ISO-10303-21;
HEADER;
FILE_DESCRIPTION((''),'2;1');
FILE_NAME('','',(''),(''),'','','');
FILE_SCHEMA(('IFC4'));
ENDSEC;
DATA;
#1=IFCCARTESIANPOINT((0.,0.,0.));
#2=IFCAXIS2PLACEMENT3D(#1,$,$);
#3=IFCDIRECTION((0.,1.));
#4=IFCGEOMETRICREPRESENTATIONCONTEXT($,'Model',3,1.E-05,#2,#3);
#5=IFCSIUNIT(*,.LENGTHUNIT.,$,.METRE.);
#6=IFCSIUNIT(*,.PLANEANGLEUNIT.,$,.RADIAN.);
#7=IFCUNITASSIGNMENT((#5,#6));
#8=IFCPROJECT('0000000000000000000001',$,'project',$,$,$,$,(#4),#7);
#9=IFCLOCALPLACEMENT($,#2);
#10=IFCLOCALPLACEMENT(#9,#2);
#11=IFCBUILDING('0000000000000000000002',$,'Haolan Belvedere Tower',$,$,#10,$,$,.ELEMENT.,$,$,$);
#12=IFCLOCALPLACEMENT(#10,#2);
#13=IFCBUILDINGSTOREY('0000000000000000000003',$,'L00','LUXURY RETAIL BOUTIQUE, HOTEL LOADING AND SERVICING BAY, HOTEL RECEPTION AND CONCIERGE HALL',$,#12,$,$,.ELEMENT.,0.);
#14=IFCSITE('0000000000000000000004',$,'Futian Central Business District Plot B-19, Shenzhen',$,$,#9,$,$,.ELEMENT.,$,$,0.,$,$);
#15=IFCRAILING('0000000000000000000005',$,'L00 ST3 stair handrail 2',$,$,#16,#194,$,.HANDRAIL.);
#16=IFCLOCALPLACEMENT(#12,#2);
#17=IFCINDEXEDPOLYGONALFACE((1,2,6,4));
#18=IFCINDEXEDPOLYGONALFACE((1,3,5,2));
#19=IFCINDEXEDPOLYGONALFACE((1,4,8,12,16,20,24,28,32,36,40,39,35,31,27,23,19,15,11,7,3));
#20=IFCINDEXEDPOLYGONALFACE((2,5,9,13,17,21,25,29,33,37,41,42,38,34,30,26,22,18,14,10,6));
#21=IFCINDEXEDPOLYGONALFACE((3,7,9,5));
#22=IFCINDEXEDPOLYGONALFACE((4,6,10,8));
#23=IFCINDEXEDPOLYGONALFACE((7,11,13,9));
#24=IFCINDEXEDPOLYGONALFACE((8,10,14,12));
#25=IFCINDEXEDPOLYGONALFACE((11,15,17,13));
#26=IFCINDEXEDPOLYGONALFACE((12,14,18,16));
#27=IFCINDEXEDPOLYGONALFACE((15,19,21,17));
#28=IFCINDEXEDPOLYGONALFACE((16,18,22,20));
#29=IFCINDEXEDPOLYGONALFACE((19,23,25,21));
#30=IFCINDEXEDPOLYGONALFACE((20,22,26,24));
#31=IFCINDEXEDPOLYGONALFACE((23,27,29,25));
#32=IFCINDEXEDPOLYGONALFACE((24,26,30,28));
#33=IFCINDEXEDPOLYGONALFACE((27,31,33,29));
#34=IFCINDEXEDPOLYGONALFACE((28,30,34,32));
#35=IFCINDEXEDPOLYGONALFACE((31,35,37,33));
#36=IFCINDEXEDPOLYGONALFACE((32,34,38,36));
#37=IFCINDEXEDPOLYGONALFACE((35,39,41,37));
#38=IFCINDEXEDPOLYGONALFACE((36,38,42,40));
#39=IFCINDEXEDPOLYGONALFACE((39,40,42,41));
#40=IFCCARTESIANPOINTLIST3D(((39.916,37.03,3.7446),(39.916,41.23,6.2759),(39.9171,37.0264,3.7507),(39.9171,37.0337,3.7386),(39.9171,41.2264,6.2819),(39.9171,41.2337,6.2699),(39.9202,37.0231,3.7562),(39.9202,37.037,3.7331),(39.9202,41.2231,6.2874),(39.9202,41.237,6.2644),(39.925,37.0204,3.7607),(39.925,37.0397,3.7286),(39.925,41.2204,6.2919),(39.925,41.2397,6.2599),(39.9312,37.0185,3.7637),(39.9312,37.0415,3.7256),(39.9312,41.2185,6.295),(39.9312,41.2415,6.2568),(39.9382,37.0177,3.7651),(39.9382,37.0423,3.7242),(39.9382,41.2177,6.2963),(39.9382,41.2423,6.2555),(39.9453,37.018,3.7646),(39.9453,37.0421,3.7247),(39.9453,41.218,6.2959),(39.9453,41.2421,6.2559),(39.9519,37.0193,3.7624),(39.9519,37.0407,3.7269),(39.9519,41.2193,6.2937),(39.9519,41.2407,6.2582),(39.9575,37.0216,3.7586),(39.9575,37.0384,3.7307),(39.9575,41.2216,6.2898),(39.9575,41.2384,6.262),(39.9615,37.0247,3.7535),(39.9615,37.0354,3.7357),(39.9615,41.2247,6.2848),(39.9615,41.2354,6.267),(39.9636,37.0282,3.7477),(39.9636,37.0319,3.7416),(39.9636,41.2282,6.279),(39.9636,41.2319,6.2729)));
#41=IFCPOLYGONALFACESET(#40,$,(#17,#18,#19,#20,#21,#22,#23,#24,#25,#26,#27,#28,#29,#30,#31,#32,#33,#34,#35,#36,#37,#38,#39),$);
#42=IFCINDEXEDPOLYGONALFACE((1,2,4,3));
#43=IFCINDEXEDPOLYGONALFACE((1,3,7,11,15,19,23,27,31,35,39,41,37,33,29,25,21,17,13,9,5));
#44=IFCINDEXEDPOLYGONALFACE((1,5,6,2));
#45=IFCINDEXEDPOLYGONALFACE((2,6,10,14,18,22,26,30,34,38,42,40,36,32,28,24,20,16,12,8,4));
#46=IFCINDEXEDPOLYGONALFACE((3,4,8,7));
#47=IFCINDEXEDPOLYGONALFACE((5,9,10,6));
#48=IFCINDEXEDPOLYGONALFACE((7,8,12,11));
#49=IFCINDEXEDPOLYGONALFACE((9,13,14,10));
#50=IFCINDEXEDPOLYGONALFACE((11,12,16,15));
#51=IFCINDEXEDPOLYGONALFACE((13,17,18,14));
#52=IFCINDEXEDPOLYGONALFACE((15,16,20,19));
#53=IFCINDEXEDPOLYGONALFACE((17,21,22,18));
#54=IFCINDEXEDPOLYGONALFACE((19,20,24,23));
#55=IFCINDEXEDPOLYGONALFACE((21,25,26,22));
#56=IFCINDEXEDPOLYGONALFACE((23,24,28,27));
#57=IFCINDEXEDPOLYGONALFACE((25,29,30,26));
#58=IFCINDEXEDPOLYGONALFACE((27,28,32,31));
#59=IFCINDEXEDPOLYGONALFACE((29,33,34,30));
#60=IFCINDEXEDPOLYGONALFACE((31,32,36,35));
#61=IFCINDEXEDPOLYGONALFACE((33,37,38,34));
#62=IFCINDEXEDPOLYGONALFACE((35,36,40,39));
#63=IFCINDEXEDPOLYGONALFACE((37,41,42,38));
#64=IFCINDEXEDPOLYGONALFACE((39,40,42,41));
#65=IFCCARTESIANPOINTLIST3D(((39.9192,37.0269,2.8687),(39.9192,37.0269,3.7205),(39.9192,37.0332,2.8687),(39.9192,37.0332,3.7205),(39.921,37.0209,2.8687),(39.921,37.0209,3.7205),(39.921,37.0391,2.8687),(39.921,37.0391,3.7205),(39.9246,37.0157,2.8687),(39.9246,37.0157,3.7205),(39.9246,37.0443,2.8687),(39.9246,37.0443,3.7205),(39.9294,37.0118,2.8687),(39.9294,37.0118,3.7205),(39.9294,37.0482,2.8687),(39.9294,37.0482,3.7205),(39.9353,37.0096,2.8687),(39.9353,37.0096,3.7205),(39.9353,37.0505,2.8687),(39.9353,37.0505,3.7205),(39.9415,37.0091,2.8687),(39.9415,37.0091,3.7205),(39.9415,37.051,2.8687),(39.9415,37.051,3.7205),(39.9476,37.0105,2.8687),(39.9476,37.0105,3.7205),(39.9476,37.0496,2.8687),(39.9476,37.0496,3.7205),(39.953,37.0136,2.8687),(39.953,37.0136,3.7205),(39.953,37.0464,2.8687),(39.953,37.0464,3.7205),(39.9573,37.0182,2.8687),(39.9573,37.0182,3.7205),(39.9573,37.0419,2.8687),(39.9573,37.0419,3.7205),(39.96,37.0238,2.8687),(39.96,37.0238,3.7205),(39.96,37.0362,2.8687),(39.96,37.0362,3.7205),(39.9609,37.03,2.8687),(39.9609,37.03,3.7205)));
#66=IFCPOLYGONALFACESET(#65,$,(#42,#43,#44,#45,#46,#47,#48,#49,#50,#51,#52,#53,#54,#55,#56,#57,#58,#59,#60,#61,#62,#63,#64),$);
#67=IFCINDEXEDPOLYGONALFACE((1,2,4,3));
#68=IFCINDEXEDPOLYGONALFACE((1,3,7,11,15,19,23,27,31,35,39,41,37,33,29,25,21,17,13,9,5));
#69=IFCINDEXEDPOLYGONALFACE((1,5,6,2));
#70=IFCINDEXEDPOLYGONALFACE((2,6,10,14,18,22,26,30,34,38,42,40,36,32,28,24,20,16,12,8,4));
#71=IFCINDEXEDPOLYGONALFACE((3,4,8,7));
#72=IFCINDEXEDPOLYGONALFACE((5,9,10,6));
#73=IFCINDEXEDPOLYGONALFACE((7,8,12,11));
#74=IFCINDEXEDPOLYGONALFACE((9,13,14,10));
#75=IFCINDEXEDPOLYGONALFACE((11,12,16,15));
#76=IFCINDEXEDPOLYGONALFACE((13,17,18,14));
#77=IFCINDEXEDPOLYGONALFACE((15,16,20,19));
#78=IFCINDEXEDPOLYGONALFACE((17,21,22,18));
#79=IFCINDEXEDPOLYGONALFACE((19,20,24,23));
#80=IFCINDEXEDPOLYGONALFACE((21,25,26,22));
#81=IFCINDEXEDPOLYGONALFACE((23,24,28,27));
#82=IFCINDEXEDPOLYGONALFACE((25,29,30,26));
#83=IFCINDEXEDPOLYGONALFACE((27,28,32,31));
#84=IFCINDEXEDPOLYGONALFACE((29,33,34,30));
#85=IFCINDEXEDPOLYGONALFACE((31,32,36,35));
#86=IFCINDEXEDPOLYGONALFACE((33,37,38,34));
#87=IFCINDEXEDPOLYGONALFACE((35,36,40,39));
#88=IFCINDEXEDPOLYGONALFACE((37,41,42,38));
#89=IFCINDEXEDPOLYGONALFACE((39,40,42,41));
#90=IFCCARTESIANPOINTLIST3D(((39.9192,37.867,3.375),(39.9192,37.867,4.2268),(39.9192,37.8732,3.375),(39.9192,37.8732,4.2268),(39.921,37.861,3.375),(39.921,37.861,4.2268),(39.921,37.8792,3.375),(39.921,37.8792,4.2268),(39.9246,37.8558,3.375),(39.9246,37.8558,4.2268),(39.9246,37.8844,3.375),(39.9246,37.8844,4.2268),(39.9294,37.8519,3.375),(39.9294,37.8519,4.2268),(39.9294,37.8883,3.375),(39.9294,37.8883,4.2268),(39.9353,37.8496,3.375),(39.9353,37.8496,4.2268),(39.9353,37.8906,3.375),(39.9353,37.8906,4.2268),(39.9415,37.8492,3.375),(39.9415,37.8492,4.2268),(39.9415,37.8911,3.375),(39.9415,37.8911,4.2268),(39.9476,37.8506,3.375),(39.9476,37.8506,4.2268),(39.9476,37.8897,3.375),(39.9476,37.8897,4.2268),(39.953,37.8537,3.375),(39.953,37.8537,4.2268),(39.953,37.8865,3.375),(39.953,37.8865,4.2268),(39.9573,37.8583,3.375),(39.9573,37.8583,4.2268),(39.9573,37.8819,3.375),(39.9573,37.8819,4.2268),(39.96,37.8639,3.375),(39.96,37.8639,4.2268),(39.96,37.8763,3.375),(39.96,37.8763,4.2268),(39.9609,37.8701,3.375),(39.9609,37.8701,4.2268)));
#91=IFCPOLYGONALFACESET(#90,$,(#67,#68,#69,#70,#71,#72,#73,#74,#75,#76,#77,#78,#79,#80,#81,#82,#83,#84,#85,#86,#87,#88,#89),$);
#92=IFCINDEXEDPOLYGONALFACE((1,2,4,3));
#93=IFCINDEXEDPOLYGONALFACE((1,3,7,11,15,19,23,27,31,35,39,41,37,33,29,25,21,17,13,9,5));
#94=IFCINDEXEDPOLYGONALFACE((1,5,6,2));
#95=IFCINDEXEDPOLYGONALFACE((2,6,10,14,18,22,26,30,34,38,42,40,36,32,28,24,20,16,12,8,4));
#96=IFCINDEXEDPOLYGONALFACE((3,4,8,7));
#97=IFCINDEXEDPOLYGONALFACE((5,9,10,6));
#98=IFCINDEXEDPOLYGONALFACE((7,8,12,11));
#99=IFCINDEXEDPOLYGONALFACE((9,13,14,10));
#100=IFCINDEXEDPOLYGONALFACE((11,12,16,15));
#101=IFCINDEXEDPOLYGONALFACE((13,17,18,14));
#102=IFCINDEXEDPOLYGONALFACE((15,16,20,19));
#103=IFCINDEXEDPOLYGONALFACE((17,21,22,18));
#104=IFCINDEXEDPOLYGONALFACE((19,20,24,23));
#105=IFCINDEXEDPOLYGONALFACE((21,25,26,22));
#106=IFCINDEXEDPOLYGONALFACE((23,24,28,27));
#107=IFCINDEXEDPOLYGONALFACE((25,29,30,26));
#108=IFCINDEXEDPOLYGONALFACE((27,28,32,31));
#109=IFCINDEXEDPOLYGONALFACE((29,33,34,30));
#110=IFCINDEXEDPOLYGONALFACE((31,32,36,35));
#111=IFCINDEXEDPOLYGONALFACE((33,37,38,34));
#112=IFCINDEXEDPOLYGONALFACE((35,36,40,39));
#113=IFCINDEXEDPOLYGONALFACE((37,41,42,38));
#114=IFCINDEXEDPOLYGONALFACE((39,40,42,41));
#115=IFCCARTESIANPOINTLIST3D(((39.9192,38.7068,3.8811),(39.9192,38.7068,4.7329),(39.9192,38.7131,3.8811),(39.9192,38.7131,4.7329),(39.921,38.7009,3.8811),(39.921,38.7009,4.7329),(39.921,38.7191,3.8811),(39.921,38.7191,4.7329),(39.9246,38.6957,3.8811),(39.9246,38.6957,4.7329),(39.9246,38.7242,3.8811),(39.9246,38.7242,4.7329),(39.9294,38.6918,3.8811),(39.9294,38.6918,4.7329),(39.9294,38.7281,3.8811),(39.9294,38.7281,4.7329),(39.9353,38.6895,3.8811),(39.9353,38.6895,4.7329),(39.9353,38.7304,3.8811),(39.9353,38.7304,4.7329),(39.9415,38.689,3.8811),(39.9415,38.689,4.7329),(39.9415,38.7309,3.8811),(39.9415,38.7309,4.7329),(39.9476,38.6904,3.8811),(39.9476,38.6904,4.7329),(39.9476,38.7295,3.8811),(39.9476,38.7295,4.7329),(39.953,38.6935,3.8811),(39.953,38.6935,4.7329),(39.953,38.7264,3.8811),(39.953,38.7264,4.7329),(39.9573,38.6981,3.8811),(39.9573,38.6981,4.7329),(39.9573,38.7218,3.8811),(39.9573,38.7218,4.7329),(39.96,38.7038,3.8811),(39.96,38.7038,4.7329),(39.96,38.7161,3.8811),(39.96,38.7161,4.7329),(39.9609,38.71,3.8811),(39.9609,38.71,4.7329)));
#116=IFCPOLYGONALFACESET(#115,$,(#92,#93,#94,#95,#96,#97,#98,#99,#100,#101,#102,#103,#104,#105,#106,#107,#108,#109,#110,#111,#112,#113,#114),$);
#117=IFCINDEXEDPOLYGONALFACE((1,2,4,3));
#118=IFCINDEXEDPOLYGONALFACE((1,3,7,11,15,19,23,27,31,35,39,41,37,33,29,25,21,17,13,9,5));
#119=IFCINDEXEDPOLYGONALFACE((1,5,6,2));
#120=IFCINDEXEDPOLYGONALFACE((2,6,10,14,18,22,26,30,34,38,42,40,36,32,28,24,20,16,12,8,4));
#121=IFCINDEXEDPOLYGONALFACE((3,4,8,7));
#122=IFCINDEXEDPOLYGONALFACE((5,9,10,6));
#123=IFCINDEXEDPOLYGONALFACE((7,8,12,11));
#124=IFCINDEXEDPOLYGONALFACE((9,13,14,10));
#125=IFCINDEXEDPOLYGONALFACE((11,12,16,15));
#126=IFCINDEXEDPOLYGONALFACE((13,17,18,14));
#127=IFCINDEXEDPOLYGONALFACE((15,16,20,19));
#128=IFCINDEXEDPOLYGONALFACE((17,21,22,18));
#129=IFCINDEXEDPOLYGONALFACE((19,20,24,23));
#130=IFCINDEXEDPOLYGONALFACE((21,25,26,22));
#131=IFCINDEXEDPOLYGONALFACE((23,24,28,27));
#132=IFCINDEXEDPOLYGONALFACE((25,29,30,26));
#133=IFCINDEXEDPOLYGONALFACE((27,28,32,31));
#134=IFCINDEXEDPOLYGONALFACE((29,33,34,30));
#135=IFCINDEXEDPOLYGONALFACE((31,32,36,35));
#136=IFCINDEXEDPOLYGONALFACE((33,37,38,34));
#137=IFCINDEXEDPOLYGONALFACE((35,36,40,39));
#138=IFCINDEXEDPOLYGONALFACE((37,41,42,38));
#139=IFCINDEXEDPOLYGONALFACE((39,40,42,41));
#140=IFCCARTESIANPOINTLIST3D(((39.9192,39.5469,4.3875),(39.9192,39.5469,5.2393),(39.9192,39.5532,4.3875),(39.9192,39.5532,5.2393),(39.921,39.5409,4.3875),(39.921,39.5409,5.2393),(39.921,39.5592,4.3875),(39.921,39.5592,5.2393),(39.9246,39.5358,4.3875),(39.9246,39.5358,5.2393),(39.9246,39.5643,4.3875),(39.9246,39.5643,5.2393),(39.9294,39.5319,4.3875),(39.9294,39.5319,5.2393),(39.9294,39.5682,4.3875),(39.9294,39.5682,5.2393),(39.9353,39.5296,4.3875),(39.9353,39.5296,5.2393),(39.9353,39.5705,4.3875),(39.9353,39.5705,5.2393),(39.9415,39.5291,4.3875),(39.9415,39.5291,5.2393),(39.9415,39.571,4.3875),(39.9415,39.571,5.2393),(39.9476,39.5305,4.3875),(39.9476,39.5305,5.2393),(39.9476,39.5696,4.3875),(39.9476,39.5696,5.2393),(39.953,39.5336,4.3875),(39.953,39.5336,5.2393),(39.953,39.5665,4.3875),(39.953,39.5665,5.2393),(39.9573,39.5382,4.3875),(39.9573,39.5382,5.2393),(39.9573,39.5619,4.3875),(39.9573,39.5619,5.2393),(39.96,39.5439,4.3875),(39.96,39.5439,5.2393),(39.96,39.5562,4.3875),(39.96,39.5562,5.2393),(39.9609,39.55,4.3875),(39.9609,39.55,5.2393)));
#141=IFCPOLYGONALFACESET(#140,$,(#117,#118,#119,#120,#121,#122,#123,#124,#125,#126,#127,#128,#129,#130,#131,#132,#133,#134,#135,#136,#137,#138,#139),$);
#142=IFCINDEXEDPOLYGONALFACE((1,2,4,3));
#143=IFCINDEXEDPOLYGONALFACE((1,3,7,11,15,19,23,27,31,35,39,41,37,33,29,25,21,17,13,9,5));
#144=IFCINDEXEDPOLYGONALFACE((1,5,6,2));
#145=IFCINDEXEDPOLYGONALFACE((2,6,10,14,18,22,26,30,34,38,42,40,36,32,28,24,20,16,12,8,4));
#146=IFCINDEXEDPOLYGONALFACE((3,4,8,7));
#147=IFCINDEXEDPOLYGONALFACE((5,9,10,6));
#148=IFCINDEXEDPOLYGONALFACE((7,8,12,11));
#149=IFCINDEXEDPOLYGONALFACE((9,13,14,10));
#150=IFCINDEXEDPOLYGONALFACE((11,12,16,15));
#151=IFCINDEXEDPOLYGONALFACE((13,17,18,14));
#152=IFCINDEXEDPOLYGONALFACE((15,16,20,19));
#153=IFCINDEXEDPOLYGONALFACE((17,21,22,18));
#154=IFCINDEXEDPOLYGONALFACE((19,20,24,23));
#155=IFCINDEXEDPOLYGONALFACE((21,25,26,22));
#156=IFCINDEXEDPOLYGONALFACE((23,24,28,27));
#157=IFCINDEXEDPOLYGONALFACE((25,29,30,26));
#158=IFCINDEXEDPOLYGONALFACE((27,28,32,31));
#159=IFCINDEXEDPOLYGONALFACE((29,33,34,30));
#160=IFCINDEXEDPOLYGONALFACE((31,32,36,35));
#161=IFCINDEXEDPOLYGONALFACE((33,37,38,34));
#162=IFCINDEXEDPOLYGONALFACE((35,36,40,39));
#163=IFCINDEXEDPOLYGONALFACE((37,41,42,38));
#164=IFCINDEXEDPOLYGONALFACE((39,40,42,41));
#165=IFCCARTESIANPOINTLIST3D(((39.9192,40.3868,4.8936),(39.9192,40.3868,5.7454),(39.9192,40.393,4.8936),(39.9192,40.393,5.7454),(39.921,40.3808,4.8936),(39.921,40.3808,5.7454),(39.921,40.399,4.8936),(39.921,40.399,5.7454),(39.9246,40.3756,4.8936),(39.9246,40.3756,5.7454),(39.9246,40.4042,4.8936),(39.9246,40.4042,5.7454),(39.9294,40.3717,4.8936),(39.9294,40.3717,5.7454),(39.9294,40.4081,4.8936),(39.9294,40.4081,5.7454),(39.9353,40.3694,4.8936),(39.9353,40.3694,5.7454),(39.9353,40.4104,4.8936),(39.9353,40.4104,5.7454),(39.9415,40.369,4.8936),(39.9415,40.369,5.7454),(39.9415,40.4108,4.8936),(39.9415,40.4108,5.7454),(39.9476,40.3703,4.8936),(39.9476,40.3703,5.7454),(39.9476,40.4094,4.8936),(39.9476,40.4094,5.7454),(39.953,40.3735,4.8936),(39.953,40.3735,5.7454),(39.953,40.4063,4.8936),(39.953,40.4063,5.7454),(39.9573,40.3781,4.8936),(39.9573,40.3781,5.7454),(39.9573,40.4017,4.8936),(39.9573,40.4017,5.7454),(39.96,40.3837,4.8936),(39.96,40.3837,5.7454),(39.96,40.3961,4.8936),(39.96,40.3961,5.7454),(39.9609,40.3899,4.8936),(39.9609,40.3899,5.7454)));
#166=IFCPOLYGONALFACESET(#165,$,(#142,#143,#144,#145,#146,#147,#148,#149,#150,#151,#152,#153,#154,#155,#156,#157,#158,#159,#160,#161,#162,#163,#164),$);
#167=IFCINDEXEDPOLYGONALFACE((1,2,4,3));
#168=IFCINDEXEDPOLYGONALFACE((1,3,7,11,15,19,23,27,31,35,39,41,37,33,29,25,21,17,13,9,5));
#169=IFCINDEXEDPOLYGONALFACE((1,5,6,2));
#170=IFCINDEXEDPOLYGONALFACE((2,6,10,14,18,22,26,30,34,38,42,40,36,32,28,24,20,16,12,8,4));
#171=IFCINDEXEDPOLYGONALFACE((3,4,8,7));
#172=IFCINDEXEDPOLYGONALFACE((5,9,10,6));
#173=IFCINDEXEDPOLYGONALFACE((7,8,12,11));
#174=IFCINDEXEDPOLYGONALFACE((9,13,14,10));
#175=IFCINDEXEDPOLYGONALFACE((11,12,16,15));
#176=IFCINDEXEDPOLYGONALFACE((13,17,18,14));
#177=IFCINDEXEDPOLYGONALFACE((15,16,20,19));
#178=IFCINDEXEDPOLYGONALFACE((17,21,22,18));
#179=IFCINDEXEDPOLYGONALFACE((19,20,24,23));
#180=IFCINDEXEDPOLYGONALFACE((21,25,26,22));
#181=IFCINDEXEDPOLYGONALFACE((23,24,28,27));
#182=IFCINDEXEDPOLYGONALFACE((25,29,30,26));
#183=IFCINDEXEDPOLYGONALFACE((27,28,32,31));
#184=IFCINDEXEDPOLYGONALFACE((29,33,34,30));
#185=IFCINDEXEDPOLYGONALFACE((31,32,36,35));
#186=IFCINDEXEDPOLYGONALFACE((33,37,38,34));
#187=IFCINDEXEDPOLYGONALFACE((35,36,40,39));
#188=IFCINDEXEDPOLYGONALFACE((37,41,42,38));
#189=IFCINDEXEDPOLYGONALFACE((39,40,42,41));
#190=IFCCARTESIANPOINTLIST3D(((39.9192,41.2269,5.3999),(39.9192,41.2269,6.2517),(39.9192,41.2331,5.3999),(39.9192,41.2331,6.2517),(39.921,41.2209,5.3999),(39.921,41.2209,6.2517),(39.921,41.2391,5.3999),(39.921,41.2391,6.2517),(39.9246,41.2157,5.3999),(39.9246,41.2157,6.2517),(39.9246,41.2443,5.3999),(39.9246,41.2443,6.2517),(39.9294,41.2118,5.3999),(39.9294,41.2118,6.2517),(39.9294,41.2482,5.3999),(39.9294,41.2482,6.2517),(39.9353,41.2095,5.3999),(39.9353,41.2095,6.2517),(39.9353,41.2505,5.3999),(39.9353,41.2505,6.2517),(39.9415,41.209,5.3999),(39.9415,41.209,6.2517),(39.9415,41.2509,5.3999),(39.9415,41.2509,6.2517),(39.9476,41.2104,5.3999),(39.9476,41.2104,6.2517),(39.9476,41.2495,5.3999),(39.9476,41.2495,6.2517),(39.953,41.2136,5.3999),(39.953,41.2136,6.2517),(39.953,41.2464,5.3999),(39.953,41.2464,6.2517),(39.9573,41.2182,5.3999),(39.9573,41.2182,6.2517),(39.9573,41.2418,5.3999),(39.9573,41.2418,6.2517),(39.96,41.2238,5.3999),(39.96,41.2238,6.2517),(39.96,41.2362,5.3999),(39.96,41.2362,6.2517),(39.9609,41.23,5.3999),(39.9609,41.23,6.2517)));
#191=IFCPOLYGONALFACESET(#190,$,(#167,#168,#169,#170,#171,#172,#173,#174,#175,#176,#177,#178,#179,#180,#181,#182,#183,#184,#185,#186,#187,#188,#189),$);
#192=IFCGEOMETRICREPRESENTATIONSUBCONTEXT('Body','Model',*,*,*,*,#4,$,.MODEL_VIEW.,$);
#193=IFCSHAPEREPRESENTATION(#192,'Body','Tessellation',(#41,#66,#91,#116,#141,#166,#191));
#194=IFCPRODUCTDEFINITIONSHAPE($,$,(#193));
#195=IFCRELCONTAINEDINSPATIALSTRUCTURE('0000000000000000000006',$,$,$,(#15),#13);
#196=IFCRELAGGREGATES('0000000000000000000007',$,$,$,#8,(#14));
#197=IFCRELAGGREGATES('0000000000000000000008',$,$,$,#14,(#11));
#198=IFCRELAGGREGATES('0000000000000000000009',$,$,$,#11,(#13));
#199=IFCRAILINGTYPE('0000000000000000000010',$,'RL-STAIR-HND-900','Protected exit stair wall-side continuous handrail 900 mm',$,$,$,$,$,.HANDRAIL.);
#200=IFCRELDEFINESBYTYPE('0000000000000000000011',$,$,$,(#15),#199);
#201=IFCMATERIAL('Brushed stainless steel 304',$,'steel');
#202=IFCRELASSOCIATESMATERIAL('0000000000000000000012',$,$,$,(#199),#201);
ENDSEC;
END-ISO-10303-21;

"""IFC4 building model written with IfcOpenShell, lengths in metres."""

from ifc_helpers import new_model, si_unit, direction, frame, origin, origin_2d, place, context, subcontext, project, spatial, circle, extrude, material, type_object, element, save


model = new_model("IFC4")

# Units and contexts
model_context = context("Model", 3, precision=1e-05, world=origin(), true_north=direction((0.0, 1.0)))
body_context = subcontext(model_context, "Body", "Model", "MODEL_VIEW")
ifc_project = project(units=[si_unit("LENGTHUNIT", "METRE"), si_unit("PLANEANGLEUNIT", "RADIAN")], contexts=[model_context])

# Site, building, storey
site_placement = place(None, origin())
site = spatial("IfcSite", under=ifc_project, at=site_placement, Name="Futian Central Business District Plot B-19, Shenzhen", CompositionType="ELEMENT", RefElevation=0.0)
building_placement = place(site_placement, origin())
building = spatial("IfcBuilding", under=site, at=building_placement, Name="Haolan Belvedere Tower", CompositionType="ELEMENT")
storey_placement = place(building_placement, origin())
storey = spatial("IfcBuildingStorey", under=building, at=storey_placement, Name="L00", Description="LUXURY RETAIL BOUTIQUE, HOTEL LOADING AND SERVICING BAY, HOTEL RECEPTION AND CONCIERGE HALL", CompositionType="ELEMENT", Elevation=0.0)

# Railing
ifc_material_1 = material(Name="Brushed stainless steel 304", Category="steel")
railing_type_1 = type_object("IfcRailingType", Name="RL-STAIR-HND-900", Description="Protected exit stair wall-side continuous handrail 900 mm", PredefinedType="HANDRAIL", material=ifc_material_1)
railing_1_placement = place(storey_placement, frame((39.9399, 37.03, 2.8687)))
element("IfcRailing", 1, at=railing_1_placement, inside=storey, type_object=railing_type_1, Name="L00 ST3 stair handrail 2", PredefinedType="HANDRAIL", context=body_context, shape_type="SweptSolid", body=[
    extrude(circle(Radius=0.0239, at=origin_2d()), frame((0.0, 0.0, 0.876), z_axis=(0.0, 0.856476, 0.516186), x_axis=(-1.0, 0.0, 0.0)), (0.0, 0.0, 1.0), 4.9038),
    extrude(circle(Radius=0.021, at=origin_2d()), origin(), (0.0, 0.0, 1.0), 0.8518),
    extrude(circle(Radius=0.021, at=origin_2d()), frame((0.0, 0.8401, 0.5063)), (0.0, 0.0, 1.0), 0.8518),
    extrude(circle(Radius=0.021, at=origin_2d()), frame((0.0, 1.6799, 1.0125)), (0.0, 0.0, 1.0), 0.8518),
    extrude(circle(Radius=0.021, at=origin_2d()), frame((0.0, 2.52, 1.5188)), (0.0, 0.0, 1.0), 0.8518),
    extrude(circle(Radius=0.021, at=origin_2d()), frame((0.0, 3.3599, 2.0249)), (0.0, 0.0, 1.0), 0.8518),
    extrude(circle(Radius=0.021, at=origin_2d()), frame((0.0, 4.2, 2.5312)), (0.0, 0.0, 1.0), 0.8518),
])

save(model, "model.ifc")
